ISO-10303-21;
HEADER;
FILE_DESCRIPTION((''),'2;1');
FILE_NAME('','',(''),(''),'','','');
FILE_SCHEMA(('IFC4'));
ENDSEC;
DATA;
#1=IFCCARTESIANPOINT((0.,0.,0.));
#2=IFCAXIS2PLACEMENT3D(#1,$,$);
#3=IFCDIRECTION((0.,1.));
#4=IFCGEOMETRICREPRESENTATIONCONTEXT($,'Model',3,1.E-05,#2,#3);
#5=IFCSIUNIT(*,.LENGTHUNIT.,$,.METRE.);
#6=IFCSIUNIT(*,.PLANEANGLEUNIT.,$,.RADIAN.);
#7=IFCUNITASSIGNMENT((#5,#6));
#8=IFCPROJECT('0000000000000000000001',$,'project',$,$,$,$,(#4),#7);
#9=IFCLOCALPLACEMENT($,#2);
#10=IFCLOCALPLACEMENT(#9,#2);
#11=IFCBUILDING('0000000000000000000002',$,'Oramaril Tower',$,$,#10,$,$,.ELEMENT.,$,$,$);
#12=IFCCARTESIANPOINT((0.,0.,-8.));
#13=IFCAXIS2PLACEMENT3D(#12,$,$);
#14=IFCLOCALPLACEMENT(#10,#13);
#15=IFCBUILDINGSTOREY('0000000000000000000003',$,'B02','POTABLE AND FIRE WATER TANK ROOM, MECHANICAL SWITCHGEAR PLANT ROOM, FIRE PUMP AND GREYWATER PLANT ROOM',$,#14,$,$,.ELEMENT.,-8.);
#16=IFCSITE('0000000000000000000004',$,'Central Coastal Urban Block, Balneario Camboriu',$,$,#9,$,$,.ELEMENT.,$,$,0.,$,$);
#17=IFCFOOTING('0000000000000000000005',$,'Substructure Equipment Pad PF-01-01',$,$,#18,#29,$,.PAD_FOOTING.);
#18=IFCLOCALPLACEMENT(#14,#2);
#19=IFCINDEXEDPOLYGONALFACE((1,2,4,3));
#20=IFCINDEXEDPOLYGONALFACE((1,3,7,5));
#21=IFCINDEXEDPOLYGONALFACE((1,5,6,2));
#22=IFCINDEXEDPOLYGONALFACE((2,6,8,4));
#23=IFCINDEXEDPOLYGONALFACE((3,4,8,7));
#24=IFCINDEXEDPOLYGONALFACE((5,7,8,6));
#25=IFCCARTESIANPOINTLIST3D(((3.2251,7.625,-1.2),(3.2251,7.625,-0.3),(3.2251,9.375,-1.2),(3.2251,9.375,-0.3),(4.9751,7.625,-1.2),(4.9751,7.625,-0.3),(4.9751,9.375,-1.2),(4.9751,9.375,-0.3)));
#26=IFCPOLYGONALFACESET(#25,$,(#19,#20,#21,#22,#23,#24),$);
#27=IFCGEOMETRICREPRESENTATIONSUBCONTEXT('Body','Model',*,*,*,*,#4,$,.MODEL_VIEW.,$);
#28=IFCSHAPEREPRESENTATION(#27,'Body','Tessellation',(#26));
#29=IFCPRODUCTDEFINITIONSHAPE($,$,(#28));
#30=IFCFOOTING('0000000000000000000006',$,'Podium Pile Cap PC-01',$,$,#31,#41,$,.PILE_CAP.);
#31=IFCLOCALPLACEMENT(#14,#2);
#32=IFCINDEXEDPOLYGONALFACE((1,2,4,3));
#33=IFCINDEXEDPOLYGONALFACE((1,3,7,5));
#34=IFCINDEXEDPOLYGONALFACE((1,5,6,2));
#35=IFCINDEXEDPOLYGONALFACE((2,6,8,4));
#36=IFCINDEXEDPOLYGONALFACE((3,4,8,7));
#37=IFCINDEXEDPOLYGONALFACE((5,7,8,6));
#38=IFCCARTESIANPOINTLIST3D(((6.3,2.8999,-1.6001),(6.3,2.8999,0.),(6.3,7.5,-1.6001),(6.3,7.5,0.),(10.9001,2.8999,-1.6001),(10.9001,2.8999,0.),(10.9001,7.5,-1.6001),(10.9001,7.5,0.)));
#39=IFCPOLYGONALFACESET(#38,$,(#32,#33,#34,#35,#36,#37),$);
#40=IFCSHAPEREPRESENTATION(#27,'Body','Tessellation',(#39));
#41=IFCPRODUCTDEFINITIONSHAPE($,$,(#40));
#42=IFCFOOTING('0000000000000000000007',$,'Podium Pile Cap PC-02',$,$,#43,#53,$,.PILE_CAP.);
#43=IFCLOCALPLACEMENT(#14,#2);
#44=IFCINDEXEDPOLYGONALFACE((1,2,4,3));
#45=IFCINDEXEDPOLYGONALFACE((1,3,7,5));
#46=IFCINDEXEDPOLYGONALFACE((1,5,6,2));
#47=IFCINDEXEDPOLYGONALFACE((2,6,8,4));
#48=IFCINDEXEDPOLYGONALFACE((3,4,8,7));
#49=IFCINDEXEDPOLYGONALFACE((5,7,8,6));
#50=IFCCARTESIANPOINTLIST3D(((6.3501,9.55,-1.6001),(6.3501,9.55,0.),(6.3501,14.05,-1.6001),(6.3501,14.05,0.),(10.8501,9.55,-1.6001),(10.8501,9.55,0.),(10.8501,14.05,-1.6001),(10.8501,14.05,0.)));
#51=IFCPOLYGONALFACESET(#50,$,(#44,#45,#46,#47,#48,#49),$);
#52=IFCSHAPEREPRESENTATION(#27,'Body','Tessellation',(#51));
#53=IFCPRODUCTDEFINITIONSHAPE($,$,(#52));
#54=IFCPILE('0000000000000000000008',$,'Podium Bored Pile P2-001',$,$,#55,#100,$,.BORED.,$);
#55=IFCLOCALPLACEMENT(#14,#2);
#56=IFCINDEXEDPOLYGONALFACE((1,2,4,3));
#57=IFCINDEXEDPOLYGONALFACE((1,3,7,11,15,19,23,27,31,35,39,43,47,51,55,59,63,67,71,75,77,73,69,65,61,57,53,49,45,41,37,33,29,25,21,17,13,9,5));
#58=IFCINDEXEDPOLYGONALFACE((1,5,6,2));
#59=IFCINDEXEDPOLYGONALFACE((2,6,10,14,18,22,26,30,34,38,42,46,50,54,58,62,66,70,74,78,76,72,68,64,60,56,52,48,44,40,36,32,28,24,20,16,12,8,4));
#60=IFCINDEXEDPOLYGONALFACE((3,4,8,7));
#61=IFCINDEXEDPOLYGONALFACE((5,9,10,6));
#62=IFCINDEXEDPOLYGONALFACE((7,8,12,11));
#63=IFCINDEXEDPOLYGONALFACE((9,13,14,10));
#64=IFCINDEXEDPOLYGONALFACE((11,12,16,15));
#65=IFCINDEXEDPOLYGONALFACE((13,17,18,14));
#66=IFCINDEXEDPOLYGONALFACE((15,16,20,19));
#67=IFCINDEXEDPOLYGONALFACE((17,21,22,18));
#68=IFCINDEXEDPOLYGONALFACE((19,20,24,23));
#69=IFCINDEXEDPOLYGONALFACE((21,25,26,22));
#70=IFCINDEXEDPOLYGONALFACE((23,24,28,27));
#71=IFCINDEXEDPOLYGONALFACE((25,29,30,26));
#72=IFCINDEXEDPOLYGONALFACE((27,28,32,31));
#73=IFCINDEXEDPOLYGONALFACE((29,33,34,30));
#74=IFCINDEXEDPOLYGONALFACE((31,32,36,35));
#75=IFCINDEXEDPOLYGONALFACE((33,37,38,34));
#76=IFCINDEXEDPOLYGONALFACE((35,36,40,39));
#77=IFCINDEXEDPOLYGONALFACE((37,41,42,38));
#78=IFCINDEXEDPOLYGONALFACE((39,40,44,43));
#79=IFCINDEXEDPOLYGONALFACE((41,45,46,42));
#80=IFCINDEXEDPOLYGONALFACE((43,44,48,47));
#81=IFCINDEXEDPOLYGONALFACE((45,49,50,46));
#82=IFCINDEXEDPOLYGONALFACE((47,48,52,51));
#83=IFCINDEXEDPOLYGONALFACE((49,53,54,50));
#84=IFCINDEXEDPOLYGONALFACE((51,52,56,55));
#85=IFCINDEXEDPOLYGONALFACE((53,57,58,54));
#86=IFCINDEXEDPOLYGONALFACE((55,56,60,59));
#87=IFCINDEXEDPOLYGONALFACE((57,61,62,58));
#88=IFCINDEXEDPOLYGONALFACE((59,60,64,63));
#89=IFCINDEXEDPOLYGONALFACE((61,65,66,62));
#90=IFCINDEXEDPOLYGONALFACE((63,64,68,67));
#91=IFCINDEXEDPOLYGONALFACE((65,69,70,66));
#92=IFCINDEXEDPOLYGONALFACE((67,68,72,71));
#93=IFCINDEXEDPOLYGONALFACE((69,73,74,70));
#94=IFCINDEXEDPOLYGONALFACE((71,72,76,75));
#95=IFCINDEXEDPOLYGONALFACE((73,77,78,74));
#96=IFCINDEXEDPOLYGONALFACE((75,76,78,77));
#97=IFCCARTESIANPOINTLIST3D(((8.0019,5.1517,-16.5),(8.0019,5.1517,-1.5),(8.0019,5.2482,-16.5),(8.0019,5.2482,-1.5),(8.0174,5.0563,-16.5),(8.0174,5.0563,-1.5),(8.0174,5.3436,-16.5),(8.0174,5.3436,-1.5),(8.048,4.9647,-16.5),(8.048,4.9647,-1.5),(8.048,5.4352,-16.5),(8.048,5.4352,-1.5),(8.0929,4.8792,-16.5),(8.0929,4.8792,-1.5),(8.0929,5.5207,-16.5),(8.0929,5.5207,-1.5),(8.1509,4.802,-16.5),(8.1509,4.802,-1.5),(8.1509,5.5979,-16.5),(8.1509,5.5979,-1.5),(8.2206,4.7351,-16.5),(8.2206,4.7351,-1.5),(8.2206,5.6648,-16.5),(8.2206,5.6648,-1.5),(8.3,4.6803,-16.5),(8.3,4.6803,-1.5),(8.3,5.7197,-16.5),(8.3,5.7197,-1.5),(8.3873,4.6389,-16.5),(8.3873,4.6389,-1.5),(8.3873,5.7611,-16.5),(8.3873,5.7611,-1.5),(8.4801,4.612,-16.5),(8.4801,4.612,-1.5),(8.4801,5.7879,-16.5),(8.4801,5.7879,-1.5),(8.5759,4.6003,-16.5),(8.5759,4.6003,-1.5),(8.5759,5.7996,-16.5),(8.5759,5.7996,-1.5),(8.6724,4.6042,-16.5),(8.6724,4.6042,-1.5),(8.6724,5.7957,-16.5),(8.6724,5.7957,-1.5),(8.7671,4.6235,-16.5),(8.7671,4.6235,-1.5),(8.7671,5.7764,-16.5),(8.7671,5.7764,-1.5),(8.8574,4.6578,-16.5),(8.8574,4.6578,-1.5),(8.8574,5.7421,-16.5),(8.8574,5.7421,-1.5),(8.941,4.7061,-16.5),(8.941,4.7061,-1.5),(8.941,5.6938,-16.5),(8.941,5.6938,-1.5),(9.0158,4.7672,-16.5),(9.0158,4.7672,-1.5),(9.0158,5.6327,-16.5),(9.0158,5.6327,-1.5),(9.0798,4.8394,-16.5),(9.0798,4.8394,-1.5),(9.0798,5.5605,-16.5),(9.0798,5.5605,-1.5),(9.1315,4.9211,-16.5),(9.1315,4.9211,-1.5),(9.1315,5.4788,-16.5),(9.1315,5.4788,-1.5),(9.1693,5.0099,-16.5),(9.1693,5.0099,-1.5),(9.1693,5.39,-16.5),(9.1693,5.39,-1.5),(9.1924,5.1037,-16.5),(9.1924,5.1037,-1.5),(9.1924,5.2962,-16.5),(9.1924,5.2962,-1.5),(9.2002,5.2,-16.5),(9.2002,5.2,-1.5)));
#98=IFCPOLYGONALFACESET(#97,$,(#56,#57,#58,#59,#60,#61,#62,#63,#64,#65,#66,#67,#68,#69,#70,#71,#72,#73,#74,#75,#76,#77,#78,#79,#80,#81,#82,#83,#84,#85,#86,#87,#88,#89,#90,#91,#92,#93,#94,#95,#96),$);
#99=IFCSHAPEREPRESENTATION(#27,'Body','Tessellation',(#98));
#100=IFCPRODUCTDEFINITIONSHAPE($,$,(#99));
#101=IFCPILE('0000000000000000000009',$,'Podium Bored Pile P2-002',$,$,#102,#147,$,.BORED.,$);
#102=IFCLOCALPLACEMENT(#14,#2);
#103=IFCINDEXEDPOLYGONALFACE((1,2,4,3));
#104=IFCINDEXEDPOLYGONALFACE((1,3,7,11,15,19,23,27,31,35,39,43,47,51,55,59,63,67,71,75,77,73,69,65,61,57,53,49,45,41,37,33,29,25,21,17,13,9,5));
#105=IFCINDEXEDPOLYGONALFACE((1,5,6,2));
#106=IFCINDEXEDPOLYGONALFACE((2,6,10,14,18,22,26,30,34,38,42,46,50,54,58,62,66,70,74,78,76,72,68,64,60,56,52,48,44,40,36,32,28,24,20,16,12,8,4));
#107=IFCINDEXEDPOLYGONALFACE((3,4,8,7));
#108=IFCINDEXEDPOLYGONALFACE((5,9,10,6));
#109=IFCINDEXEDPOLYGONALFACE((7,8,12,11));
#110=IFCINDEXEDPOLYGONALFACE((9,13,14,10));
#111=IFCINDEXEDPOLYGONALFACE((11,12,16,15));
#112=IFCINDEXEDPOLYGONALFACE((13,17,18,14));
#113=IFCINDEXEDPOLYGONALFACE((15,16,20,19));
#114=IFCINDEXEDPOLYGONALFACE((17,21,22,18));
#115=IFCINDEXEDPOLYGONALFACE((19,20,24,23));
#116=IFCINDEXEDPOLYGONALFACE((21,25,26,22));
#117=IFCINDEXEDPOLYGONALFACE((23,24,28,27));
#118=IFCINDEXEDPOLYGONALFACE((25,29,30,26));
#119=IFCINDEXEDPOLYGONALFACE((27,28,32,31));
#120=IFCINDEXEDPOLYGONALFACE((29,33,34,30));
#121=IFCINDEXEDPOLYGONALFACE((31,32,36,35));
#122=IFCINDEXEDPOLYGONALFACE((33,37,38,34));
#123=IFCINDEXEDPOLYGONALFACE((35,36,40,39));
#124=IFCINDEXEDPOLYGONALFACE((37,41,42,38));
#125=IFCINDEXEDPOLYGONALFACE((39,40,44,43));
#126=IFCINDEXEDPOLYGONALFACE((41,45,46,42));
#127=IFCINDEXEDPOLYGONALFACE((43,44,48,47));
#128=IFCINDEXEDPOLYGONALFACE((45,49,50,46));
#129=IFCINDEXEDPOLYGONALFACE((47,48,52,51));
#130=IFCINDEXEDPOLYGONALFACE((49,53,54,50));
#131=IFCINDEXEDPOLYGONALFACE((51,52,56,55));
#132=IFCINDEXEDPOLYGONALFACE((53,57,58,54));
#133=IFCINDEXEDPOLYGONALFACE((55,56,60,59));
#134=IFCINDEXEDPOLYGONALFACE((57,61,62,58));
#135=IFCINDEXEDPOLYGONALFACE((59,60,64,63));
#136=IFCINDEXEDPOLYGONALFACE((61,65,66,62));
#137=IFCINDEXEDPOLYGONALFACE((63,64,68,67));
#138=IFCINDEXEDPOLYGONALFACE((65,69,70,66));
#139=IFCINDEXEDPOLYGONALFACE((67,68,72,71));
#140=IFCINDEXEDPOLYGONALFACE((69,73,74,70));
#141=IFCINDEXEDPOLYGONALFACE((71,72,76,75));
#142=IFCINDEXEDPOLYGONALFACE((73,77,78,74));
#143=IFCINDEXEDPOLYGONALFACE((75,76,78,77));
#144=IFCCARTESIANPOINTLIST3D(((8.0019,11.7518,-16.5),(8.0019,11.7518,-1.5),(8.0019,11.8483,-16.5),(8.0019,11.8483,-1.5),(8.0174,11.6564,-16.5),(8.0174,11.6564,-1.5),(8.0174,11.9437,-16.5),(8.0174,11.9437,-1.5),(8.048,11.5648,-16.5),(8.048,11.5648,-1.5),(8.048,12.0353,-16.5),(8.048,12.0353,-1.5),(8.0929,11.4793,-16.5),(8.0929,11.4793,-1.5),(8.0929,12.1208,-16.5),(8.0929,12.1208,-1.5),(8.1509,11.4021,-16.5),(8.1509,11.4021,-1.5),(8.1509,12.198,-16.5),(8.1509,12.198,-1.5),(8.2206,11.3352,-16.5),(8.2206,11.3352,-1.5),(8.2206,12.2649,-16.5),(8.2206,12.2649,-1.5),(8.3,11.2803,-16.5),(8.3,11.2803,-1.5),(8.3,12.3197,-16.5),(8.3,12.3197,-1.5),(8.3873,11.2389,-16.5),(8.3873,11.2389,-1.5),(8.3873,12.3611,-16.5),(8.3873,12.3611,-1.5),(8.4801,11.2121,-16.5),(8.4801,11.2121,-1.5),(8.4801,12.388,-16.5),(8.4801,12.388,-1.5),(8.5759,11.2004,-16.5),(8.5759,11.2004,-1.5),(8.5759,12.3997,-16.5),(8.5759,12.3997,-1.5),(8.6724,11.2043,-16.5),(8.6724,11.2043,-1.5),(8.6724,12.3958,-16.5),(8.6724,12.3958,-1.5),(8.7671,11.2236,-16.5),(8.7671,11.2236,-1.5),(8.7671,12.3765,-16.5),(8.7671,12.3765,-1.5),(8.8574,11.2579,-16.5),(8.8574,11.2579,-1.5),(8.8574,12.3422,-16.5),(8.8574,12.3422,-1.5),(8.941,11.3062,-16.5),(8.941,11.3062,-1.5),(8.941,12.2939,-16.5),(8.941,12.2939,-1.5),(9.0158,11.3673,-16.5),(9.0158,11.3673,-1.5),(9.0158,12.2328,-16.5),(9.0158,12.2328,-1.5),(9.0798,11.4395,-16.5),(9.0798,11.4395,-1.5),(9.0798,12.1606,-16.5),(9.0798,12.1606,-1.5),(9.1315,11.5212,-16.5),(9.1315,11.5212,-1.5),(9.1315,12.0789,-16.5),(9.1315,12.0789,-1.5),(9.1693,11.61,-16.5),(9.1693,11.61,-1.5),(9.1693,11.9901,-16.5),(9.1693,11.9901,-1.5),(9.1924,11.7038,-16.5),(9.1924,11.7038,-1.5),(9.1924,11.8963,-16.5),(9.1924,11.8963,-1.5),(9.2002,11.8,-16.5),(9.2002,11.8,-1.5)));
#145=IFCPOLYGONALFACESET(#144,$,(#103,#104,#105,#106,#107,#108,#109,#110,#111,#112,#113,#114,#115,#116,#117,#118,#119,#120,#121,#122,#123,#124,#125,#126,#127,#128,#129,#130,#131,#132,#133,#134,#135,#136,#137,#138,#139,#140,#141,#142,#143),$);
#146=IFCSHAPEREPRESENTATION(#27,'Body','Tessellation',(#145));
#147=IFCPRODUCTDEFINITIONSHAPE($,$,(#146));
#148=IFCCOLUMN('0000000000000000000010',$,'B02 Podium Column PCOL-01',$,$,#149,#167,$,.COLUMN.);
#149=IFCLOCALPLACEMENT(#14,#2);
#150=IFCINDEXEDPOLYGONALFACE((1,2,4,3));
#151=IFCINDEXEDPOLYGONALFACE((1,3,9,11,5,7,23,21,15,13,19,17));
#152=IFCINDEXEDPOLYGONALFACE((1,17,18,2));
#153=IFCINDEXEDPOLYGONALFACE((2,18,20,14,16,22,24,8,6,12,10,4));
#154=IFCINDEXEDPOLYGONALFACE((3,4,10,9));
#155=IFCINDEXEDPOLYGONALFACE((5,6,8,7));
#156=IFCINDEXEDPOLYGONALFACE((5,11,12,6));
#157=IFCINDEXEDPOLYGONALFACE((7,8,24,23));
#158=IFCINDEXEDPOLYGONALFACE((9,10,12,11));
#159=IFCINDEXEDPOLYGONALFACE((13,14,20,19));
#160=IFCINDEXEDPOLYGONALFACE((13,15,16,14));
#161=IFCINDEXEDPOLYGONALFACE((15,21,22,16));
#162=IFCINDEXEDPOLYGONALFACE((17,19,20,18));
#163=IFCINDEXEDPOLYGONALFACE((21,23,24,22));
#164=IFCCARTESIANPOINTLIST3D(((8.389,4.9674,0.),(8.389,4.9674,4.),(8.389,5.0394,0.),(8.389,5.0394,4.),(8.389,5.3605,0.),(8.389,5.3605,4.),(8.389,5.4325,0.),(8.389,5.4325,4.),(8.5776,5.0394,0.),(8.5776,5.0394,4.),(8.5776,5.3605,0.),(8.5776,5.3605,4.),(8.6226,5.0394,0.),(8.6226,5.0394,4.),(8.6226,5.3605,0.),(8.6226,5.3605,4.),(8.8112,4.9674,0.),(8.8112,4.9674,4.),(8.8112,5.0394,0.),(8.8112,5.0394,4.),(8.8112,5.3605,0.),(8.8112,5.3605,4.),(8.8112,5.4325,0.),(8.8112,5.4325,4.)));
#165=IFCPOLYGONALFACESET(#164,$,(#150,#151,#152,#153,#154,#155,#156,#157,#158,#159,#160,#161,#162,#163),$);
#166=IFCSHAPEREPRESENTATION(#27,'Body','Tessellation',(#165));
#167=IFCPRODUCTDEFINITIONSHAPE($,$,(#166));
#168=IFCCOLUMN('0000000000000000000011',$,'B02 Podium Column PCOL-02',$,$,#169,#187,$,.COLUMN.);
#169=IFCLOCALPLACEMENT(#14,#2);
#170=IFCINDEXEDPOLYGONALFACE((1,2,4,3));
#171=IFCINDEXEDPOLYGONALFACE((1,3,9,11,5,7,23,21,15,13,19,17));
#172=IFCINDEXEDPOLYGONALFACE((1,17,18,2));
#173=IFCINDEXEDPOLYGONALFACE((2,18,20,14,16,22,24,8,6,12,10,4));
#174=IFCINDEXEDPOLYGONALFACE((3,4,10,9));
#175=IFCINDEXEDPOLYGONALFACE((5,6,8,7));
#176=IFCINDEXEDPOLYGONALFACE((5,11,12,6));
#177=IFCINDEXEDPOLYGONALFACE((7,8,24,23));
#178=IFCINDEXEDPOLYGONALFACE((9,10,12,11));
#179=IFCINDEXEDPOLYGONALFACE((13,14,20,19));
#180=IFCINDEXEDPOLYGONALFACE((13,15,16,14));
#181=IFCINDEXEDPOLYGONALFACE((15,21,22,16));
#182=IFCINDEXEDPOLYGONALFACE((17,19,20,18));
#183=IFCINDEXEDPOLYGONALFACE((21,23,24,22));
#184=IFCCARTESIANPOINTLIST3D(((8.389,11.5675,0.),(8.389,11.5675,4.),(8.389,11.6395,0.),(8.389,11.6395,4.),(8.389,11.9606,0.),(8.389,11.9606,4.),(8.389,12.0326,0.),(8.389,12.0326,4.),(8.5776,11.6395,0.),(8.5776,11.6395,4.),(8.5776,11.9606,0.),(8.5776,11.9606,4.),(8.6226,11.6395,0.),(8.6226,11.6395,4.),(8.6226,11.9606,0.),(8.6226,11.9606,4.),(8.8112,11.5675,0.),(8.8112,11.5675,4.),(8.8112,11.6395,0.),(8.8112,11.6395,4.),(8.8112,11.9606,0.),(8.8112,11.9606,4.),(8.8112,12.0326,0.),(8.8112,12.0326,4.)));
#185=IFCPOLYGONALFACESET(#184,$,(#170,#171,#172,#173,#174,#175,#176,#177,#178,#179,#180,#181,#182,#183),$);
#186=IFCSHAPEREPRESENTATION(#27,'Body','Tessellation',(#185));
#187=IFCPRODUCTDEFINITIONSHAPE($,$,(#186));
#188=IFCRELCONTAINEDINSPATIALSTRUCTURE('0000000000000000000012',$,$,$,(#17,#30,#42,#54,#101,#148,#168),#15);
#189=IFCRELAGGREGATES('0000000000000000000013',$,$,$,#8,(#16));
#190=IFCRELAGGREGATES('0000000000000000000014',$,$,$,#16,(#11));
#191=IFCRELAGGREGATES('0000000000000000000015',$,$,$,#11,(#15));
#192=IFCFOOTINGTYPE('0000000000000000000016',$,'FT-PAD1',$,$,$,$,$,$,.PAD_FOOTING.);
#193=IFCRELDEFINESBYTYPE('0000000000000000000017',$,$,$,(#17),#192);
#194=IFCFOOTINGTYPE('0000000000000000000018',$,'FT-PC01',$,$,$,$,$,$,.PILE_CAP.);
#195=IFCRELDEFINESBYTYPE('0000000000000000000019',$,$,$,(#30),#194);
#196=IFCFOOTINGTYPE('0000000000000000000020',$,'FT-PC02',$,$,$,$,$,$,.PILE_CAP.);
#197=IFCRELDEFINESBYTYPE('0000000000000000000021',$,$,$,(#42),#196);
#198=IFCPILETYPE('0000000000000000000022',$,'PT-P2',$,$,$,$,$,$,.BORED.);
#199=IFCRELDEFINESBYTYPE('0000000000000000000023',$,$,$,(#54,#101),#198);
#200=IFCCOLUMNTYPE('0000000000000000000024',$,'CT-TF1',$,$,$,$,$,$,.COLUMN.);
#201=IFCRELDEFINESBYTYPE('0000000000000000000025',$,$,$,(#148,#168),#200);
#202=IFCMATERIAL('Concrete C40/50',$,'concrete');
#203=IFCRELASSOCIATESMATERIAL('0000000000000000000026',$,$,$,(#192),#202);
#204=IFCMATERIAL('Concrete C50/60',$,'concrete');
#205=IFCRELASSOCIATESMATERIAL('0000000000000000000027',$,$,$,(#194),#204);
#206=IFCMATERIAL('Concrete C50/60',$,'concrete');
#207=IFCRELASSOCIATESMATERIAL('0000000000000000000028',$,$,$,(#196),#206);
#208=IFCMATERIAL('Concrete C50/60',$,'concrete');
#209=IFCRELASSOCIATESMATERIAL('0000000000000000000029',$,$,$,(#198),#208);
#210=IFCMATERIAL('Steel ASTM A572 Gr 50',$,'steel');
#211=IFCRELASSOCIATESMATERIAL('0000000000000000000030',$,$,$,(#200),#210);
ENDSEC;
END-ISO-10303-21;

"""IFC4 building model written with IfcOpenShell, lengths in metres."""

from ifc_helpers import new_model, si_unit, direction, frame, origin, origin_2d, place, context, subcontext, project, spatial, rectangle, circle, i_section, extrude, material, material_profile, profile_set, type_object, element, save


model = new_model("IFC4")

# Units and contexts
model_context = context("Model", 3, precision=1e-05, world=origin(), true_north=direction((0.0, 1.0)))
body_context = subcontext(model_context, "Body", "Model", "MODEL_VIEW")
ifc_project = project(units=[si_unit("LENGTHUNIT", "METRE"), si_unit("PLANEANGLEUNIT", "RADIAN")], contexts=[model_context])

# Site, building, storey
site_placement = place(None, origin())
site = spatial("IfcSite", under=ifc_project, at=site_placement, Name="Central Coastal Urban Block, Balneario Camboriu", CompositionType="ELEMENT", RefElevation=0.0)
building_placement = place(site_placement, origin())
building = spatial("IfcBuilding", under=site, at=building_placement, Name="Oramaril Tower", CompositionType="ELEMENT")
storey_placement = place(building_placement, frame((0.0, 0.0, -8.0)))
storey = spatial("IfcBuildingStorey", under=building, at=storey_placement, Name="B02", Description="POTABLE AND FIRE WATER TANK ROOM, MECHANICAL SWITCHGEAR PLANT ROOM, FIRE PUMP AND GREYWATER PLANT ROOM", CompositionType="ELEMENT", Elevation=-8.0)

# Footings
ifc_material_1 = material(Name="Concrete C40/50", Category="concrete")
footing_type_1 = type_object("IfcFootingType", Name="FT-PAD1", PredefinedType="PAD_FOOTING", material=ifc_material_1)
footing_1_placement = place(storey_placement, frame((4.1001, 8.5, -1.2), z_axis=(0.0, 0.0, 1.0), x_axis=(1.0, 0.0, 0.0)))
element("IfcFooting", 1, at=footing_1_placement, inside=storey, type_object=footing_type_1, Name="Substructure Equipment Pad PF-01-01", PredefinedType="PAD_FOOTING", context=body_context, shape_type="SweptSolid", body=[
    extrude(rectangle(XDim=1.75, YDim=1.75, at=origin_2d()), origin(), (0.0, 0.0, 1.0), 0.8999),
])
ifc_material_2 = material(Name="Concrete C50/60", Category="concrete")
footing_type_2 = type_object("IfcFootingType", Name="FT-PC01", PredefinedType="PILE_CAP", material=ifc_material_2)
footing_2_placement = place(storey_placement, frame((8.6001, 5.2, -1.6001), z_axis=(0.0, 0.0, 1.0), x_axis=(1.0, 0.0, 0.0)))
element("IfcFooting", 2, at=footing_2_placement, inside=storey, type_object=footing_type_2, Name="Podium Pile Cap PC-01", PredefinedType="PILE_CAP", context=body_context, shape_type="SweptSolid", body=[
    extrude(rectangle(XDim=4.6001, YDim=4.6001, at=origin_2d()), origin(), (0.0, 0.0, 1.0), 1.6001),
])
ifc_material_3 = material(Name="Concrete C50/60", Category="concrete")
footing_type_3 = type_object("IfcFootingType", Name="FT-PC02", PredefinedType="PILE_CAP", material=ifc_material_3)
footing_3_placement = place(storey_placement, frame((8.6001, 11.8, -1.6001), z_axis=(0.0, 0.0, 1.0), x_axis=(1.0, 0.0, 0.0)))
element("IfcFooting", 3, at=footing_3_placement, inside=storey, type_object=footing_type_3, Name="Podium Pile Cap PC-02", PredefinedType="PILE_CAP", context=body_context, shape_type="SweptSolid", body=[
    extrude(rectangle(XDim=4.5, YDim=4.5, at=origin_2d()), origin(), (0.0, 0.0, 1.0), 1.6001),
])

# Piles
ifc_material_4 = material(Name="Concrete C50/60", Category="concrete")
ifc_material_profile_1 = material_profile(ifc_material_4, circle(Radius=0.6001, at=origin_2d()), Name="D1200")
ifc_profile_set_1 = profile_set([ifc_material_profile_1], Name="Concrete C50/60")
pile_type = type_object("IfcPileType", Name="PT-P2", PredefinedType="BORED", material=ifc_profile_set_1)
for number, where, z_axis, x_axis, name in (
    (4, (8.6001, 5.2, -1.5), (0.0, 0.0, -1.0), (1.0, 0.0, 0.0), "Podium Bored Pile P2-001"),
    (5, (8.6001, 11.8, -1.5), (0.0, 0.0, -1.0), (1.0, 0.0, 0.0), "Podium Bored Pile P2-002"),
):
    element("IfcPile", number, at=place(storey_placement, frame(where, z_axis=z_axis, x_axis=x_axis)), inside=storey, type_object=pile_type, Name=name, PredefinedType="BORED", context=body_context, shape_type="SweptSolid", body=[
        extrude(circle(Radius=0.6001, at=origin_2d()), origin(), (0.0, 0.0, 1.0), 15.0),
    ])

# Columns
ifc_material_5 = material(Name="Steel ASTM A572 Gr 50", Category="steel")
ifc_material_profile_2 = material_profile(ifc_material_5, i_section(OverallWidth=0.4221, OverallDepth=0.4651, WebThickness=0.0449, FlangeThickness=0.072, at=origin_2d()), Name="W14X398")
ifc_profile_set_2 = profile_set([ifc_material_profile_2], Name="Steel ASTM A572 Gr 50")
column_type = type_object("IfcColumnType", Name="CT-TF1", PredefinedType="COLUMN", material=ifc_profile_set_2)
for number, where, z_axis, x_axis, name in (
    (6, (8.6001, 5.2, 0.0), (0.0, 0.0, 1.0), (1.0, 0.0, 0.0), "B02 Podium Column PCOL-01"),
    (7, (8.6001, 11.8, 0.0), (0.0, 0.0, 1.0), (1.0, 0.0, 0.0), "B02 Podium Column PCOL-02"),
):
    element("IfcColumn", number, at=place(storey_placement, frame(where, z_axis=z_axis, x_axis=x_axis)), inside=storey, type_object=column_type, Name=name, PredefinedType="COLUMN", context=body_context, shape_type="SweptSolid", body=[
        extrude(i_section(OverallWidth=0.4221, OverallDepth=0.4651, WebThickness=0.0449, FlangeThickness=0.072, at=origin_2d()), origin(), (0.0, 0.0, 1.0), 4.0),
    ])

save(model, "model.ifc")
